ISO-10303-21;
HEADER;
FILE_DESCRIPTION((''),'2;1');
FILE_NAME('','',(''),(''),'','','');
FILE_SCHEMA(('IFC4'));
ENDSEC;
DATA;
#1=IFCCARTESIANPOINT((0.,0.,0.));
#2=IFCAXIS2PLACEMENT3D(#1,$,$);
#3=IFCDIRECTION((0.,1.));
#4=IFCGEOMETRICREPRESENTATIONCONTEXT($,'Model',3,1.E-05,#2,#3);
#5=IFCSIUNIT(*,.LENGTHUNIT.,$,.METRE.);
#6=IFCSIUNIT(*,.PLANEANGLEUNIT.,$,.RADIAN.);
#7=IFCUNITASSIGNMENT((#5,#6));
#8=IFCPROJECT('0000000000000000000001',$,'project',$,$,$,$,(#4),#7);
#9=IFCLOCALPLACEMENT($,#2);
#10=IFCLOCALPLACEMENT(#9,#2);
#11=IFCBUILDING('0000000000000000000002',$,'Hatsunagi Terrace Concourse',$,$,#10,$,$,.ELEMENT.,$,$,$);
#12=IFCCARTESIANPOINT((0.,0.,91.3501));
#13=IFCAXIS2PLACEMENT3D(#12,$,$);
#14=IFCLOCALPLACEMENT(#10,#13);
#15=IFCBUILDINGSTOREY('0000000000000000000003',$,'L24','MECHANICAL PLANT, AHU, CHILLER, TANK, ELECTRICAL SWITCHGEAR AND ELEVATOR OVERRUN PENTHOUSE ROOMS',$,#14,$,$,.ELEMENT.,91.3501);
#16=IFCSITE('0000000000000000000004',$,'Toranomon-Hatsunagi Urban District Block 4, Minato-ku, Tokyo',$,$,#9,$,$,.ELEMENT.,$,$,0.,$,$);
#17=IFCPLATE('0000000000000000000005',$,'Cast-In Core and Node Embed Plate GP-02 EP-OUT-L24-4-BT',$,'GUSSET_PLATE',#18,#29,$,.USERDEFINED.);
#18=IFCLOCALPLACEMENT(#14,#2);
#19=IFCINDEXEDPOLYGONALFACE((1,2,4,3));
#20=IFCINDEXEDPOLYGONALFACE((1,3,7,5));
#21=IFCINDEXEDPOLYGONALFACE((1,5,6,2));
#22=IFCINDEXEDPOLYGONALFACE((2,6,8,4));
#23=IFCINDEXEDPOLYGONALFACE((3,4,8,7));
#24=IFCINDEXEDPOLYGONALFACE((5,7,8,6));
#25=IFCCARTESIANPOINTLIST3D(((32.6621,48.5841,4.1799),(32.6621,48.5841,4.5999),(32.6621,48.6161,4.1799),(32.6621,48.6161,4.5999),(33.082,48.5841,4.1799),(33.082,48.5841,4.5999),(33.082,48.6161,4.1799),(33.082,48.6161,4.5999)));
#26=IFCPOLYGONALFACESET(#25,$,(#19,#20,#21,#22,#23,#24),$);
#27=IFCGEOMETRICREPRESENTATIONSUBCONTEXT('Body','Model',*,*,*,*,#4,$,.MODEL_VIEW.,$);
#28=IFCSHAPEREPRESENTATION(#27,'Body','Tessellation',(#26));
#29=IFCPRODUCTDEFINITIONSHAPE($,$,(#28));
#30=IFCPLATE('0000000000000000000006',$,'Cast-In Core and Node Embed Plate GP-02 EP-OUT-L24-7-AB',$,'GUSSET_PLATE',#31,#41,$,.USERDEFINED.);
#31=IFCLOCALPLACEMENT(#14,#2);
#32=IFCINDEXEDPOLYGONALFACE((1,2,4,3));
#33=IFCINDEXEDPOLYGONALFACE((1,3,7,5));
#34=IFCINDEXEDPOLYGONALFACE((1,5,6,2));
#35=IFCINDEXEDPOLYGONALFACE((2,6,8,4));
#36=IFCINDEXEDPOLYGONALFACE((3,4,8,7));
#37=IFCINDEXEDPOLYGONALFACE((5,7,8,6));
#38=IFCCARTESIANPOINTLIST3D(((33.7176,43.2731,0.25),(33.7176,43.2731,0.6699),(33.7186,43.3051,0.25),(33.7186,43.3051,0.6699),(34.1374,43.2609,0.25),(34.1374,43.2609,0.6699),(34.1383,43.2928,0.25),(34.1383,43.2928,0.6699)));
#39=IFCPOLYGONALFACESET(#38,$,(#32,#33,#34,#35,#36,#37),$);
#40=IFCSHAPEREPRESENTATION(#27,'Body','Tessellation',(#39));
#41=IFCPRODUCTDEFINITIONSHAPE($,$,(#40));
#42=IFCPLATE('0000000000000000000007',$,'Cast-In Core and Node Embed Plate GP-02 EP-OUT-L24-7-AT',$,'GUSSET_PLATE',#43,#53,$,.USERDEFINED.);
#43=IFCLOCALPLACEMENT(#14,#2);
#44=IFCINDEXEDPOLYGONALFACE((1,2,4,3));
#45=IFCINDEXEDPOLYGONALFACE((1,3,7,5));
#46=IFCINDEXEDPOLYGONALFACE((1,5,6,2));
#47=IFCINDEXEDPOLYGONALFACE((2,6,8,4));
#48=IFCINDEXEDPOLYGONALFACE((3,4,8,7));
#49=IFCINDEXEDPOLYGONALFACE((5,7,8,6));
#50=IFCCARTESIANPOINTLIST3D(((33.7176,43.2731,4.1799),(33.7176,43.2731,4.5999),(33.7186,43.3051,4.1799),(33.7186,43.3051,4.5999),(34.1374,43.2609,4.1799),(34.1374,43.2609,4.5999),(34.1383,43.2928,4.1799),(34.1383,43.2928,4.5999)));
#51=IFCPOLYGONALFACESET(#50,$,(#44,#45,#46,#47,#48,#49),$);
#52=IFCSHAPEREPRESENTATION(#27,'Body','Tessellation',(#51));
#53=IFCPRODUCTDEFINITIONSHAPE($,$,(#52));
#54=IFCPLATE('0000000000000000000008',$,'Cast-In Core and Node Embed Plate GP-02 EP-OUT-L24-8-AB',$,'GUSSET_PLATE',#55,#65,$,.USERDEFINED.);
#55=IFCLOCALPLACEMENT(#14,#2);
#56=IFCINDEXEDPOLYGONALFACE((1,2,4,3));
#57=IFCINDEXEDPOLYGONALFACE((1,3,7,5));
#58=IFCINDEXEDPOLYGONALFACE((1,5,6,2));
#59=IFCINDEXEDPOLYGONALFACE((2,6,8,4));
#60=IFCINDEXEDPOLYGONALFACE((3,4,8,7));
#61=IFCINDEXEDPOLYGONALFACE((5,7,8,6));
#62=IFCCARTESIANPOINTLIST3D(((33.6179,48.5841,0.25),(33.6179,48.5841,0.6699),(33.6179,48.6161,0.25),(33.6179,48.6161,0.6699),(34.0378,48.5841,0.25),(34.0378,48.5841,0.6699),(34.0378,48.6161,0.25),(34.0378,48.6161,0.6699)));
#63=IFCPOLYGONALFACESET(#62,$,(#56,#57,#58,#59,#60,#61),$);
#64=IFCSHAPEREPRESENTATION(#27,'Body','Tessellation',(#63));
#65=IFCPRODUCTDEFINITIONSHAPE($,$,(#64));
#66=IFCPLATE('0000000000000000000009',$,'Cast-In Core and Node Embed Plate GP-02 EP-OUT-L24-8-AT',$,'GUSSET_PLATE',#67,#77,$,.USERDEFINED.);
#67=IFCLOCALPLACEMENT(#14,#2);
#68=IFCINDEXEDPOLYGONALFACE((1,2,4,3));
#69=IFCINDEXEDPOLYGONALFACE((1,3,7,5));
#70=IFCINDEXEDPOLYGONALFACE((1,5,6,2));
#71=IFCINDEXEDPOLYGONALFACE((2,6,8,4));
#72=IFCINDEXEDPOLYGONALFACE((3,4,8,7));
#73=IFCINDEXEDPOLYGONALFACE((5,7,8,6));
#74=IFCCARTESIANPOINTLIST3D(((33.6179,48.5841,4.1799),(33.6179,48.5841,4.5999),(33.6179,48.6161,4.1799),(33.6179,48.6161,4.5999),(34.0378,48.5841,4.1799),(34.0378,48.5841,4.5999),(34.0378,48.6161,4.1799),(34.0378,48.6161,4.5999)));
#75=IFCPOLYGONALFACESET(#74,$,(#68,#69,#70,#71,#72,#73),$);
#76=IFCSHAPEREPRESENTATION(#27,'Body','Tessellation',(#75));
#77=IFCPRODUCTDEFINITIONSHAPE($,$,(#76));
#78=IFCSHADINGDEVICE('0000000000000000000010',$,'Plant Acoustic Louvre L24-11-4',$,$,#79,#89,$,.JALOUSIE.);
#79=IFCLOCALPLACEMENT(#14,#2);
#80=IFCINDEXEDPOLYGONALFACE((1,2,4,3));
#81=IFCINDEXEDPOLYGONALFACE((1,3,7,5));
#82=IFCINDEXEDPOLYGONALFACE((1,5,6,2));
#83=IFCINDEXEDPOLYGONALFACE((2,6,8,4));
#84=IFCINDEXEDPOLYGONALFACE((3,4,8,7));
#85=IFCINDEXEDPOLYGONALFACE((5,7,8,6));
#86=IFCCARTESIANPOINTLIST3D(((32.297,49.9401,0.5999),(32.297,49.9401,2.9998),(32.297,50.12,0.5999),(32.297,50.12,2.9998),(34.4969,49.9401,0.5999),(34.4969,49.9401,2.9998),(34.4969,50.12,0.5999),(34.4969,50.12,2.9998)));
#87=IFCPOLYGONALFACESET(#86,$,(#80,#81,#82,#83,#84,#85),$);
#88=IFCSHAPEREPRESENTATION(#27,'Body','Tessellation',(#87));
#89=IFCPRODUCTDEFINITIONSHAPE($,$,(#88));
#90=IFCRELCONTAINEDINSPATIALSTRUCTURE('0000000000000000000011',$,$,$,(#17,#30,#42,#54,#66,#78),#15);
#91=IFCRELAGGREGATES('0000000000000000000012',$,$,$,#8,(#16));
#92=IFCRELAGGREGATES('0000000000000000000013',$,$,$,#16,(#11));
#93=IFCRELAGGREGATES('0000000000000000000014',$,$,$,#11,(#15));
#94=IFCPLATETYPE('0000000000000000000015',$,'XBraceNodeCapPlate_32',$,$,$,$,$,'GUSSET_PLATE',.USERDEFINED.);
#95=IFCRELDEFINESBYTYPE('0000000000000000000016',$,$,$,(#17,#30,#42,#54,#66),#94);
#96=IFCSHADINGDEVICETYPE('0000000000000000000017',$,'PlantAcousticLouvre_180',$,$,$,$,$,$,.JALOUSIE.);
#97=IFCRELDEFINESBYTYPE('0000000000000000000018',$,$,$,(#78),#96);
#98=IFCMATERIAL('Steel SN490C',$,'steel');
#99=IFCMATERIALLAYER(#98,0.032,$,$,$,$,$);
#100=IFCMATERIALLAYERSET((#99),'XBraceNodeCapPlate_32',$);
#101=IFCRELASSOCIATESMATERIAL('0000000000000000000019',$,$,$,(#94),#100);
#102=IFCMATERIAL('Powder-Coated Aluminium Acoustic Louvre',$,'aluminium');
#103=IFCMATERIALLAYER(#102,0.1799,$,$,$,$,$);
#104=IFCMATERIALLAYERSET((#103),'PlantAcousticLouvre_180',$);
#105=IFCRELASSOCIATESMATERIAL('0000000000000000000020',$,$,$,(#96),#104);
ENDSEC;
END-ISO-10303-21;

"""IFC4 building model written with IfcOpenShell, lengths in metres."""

from ifc_helpers import new_model, si_unit, direction, frame, origin, origin_2d, place, context, subcontext, project, spatial, rectangle, extrude, material, layer, layer_set, type_object, element, save


model = new_model("IFC4")

# Units and contexts
model_context = context("Model", 3, precision=1e-05, world=origin(), true_north=direction((0.0, 1.0)))
body_context = subcontext(model_context, "Body", "Model", "MODEL_VIEW")
ifc_project = project(units=[si_unit("LENGTHUNIT", "METRE"), si_unit("PLANEANGLEUNIT", "RADIAN")], contexts=[model_context])

# Site, building, storey
site_placement = place(None, origin())
site = spatial("IfcSite", under=ifc_project, at=site_placement, Name="Toranomon-Hatsunagi Urban District Block 4, Minato-ku, Tokyo", CompositionType="ELEMENT", RefElevation=0.0)
building_placement = place(site_placement, origin())
building = spatial("IfcBuilding", under=site, at=building_placement, Name="Hatsunagi Terrace Concourse", CompositionType="ELEMENT")
storey_placement = place(building_placement, frame((0.0, 0.0, 91.3501)))
storey = spatial("IfcBuildingStorey", under=building, at=storey_placement, Name="L24", Description="MECHANICAL PLANT, AHU, CHILLER, TANK, ELECTRICAL SWITCHGEAR AND ELEVATOR OVERRUN PENTHOUSE ROOMS", CompositionType="ELEMENT", Elevation=91.3501)

# Plates
ifc_material_1 = material(Name="Steel SN490C", Category="steel")
ifc_layer_1 = layer(ifc_material_1, 0.032)
ifc_layer_set_1 = layer_set([ifc_layer_1], Name="XBraceNodeCapPlate_32")
plate_type_1 = type_object("IfcPlateType", Name="XBraceNodeCapPlate_32", ElementType="GUSSET_PLATE", PredefinedType="USERDEFINED", material=ifc_layer_set_1)
for number, where, z_axis, x_axis, name in (
    (1, (32.8721, 48.6001, 4.1799), (0.0, 0.0, 1.0), (1.0, 0.0, 0.0), "Cast-In Core and Node Embed Plate GP-02 EP-OUT-L24-4-BT"),
    (2, (33.928, 43.283, 0.25), (0.0, 0.0, 1.0), (0.999576, -0.029113, 0.0), "Cast-In Core and Node Embed Plate GP-02 EP-OUT-L24-7-AB"),
    (3, (33.928, 43.283, 4.1799), (0.0, 0.0, 1.0), (0.999576, -0.029113, 0.0), "Cast-In Core and Node Embed Plate GP-02 EP-OUT-L24-7-AT"),
    (4, (33.8279, 48.6001, 0.25), (0.0, 0.0, 1.0), (1.0, 0.0, 0.0), "Cast-In Core and Node Embed Plate GP-02 EP-OUT-L24-8-AB"),
    (5, (33.8279, 48.6001, 4.1799), (0.0, 0.0, 1.0), (1.0, 0.0, 0.0), "Cast-In Core and Node Embed Plate GP-02 EP-OUT-L24-8-AT"),
):
    element("IfcPlate", number, at=place(storey_placement, frame(where, z_axis=z_axis, x_axis=x_axis)), inside=storey, type_object=plate_type_1, Name=name, ObjectType="GUSSET_PLATE", PredefinedType="USERDEFINED", context=body_context, shape_type="SweptSolid", body=[
        extrude(rectangle(XDim=0.4199, YDim=0.032, at=origin_2d()), origin(), (0.0, 0.0, 1.0), 0.4199),
    ])

# Shading device
ifc_material_2 = material(Name="Powder-Coated Aluminium Acoustic Louvre", Category="aluminium")
ifc_layer_2 = layer(ifc_material_2, 0.1799)
ifc_layer_set_2 = layer_set([ifc_layer_2], Name="PlantAcousticLouvre_180")
shading_device_type = type_object("IfcShadingDeviceType", Name="PlantAcousticLouvre_180", PredefinedType="JALOUSIE", material=ifc_layer_set_2)
shading_device_placement = place(storey_placement, frame((33.397, 50.03, 0.5999), z_axis=(0.0, 0.0, 1.0), x_axis=(1.0, 0.0, 0.0)))
element("IfcShadingDevice", 6, at=shading_device_placement, inside=storey, type_object=shading_device_type, Name="Plant Acoustic Louvre L24-11-4", PredefinedType="JALOUSIE", context=body_context, shape_type="SweptSolid", body=[
    extrude(rectangle(XDim=2.2, YDim=0.1799, at=origin_2d()), origin(), (0.0, 0.0, 1.0), 2.3999),
])

save(model, "model.ifc")
